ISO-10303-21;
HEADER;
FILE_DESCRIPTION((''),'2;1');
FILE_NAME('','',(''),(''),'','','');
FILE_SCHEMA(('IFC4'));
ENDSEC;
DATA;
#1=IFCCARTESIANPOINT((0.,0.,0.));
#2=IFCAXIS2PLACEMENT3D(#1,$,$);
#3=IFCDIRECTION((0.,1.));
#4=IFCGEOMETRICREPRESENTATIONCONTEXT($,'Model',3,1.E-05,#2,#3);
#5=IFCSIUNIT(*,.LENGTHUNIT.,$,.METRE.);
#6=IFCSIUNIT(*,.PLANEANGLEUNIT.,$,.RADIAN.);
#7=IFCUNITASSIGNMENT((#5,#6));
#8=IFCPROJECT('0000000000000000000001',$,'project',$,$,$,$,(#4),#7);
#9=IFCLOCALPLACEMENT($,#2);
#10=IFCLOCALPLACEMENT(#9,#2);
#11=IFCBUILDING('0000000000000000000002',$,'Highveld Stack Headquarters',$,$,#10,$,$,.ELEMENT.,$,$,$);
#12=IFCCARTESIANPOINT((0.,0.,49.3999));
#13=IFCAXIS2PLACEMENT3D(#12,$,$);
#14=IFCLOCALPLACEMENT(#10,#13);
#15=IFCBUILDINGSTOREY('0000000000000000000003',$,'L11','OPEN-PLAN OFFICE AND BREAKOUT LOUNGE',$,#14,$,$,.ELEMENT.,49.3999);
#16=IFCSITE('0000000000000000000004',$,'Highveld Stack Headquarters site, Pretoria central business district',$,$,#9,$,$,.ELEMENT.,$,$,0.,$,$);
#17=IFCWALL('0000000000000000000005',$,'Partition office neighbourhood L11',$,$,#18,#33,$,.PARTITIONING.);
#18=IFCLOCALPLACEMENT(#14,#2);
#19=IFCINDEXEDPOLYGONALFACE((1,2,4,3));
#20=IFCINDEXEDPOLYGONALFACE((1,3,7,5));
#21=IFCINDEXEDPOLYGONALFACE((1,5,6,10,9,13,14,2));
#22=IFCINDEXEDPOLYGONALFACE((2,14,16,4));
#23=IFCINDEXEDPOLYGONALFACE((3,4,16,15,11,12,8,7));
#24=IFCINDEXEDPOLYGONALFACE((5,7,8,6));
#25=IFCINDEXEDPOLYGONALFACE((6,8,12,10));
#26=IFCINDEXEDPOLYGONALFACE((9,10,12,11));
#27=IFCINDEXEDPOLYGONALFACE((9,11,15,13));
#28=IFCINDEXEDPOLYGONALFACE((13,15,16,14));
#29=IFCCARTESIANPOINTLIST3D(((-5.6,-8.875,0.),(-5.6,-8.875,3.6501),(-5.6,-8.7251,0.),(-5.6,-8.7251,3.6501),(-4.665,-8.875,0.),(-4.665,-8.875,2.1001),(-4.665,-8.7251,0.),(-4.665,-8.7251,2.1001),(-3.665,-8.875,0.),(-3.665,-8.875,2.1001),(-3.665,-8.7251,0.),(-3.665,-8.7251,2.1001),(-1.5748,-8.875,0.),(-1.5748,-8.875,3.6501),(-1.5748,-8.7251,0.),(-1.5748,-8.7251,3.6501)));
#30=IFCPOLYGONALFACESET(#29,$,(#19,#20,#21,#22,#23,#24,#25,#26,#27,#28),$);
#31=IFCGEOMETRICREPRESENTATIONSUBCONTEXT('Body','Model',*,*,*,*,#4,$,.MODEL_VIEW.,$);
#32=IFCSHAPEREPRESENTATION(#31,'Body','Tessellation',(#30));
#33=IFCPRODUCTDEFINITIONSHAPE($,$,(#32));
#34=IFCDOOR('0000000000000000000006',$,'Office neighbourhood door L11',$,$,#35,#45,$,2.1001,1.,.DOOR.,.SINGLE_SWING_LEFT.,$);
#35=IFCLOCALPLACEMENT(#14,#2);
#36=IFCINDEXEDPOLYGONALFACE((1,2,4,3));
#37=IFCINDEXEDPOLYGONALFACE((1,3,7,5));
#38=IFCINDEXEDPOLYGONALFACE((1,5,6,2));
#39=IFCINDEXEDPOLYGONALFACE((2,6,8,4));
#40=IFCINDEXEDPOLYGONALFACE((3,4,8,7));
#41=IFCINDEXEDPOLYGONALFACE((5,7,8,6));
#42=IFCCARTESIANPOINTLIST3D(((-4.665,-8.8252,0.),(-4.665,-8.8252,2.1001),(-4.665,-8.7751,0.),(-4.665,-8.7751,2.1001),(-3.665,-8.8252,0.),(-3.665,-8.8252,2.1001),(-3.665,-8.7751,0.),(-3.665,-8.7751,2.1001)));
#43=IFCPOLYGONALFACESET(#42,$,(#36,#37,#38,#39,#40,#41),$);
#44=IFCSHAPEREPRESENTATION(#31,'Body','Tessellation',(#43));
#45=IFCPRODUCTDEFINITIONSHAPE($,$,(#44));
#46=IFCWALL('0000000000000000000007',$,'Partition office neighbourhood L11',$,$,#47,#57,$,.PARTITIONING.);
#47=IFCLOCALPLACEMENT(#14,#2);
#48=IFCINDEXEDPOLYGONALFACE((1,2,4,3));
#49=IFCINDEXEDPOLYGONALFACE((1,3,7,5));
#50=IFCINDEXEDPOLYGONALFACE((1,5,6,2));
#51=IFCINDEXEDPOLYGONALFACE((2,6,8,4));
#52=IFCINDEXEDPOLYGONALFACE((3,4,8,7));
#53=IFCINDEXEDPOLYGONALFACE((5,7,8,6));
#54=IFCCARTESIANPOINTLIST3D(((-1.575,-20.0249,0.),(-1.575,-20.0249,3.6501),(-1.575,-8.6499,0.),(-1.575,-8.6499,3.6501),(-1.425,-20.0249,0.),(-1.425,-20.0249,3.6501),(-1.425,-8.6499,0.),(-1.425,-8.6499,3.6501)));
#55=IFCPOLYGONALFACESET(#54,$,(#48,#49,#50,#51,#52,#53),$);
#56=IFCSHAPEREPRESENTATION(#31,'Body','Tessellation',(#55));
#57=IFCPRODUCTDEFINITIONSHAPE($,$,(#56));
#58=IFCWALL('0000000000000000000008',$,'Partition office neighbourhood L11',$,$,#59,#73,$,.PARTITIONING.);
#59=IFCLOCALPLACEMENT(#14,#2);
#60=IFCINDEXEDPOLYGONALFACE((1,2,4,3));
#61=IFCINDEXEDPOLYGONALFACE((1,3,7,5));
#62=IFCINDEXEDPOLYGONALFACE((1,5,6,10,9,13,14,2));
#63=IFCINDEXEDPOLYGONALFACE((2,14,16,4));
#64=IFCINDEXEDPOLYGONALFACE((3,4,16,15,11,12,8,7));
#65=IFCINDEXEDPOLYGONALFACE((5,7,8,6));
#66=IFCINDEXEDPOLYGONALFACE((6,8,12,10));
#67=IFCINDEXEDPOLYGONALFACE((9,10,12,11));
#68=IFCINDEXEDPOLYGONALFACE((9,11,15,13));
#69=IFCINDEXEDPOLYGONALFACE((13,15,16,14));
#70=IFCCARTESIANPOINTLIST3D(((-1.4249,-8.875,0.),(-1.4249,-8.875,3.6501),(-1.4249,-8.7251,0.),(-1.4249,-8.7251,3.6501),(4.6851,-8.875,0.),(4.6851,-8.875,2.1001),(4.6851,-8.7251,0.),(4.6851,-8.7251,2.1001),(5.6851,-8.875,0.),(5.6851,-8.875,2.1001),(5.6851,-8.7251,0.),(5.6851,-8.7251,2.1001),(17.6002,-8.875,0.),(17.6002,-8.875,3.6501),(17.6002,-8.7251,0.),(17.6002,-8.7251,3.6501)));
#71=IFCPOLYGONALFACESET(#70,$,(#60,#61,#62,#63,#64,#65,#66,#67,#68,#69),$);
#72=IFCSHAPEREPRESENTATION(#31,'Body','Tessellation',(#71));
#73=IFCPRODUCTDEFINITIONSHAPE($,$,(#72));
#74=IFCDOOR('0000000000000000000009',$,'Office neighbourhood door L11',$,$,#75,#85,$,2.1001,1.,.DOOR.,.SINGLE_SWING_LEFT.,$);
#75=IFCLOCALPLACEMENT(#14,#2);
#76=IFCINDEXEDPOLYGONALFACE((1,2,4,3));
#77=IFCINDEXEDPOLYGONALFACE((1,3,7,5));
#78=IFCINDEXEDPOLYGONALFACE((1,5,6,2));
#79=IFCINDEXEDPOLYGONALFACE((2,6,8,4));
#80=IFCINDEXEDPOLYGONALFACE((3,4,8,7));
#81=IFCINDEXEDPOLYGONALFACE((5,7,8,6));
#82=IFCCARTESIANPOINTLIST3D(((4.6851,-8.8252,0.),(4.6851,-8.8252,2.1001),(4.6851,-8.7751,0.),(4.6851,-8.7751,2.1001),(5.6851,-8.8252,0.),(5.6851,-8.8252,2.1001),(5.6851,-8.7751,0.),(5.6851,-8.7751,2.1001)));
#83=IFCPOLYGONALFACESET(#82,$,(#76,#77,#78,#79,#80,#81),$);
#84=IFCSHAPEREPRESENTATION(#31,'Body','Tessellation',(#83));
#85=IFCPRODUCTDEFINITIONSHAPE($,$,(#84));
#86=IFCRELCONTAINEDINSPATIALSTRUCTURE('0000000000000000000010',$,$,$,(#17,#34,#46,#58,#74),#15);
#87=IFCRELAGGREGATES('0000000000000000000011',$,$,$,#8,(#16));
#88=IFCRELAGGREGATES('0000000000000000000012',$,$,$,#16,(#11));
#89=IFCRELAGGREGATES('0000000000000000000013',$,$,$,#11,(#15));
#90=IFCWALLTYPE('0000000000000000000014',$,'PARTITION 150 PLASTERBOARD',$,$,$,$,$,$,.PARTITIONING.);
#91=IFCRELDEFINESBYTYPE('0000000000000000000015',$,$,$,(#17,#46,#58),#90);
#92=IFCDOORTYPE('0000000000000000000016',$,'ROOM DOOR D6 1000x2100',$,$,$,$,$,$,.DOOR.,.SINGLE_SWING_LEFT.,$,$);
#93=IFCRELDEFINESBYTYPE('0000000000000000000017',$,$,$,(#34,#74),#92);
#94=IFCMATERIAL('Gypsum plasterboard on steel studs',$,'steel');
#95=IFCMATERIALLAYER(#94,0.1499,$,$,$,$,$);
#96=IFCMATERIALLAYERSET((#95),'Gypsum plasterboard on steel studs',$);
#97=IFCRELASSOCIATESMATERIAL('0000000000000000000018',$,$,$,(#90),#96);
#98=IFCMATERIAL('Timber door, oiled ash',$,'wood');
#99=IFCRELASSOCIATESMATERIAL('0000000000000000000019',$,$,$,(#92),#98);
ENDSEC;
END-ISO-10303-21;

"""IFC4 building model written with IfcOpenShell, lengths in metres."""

from ifc_helpers import new_model, si_unit, direction, frame, frame_2d, origin, place, context, subcontext, project, spatial, rectangle, extrude, material, layer, layer_set, type_object, element, fill, save


model = new_model("IFC4")

# Units and contexts
model_context = context("Model", 3, precision=1e-05, world=origin(), true_north=direction((0.0, 1.0)))
body_context = subcontext(model_context, "Body", "Model", "MODEL_VIEW")
ifc_project = project(units=[si_unit("LENGTHUNIT", "METRE"), si_unit("PLANEANGLEUNIT", "RADIAN")], contexts=[model_context])

# Site, building, storey
site_placement = place(None, origin())
site = spatial("IfcSite", under=ifc_project, at=site_placement, Name="Highveld Stack Headquarters site, Pretoria central business district", CompositionType="ELEMENT", RefElevation=0.0)
building_placement = place(site_placement, origin())
building = spatial("IfcBuilding", under=site, at=building_placement, Name="Highveld Stack Headquarters", CompositionType="ELEMENT")
storey_placement = place(building_placement, frame((0.0, 0.0, 49.3999)))
storey = spatial("IfcBuildingStorey", under=building, at=storey_placement, Name="L11", Description="OPEN-PLAN OFFICE AND BREAKOUT LOUNGE", CompositionType="ELEMENT", Elevation=49.3999)

# Shared definitions
ifc_material_1 = material(Name="Gypsum plasterboard on steel studs", Category="steel")
ifc_layer_1 = layer(ifc_material_1, 0.1499)
ifc_layer_set_1 = layer_set([ifc_layer_1], Name="Gypsum plasterboard on steel studs")
wall_type_1 = type_object("IfcWallType", Name="PARTITION 150 PLASTERBOARD", PredefinedType="PARTITIONING", material=ifc_layer_set_1)
ifc_material_2 = material(Name="Timber door, oiled ash", Category="wood")
door_type_1 = type_object("IfcDoorType", Name="ROOM DOOR D6 1000x2100", OperationType="SINGLE_SWING_LEFT", PredefinedType="DOOR", material=ifc_material_2)

# Wall, opening, door
wall_1_placement = place(storey_placement, frame((-5.6001, -8.8, 0.0), z_axis=(0.0, 0.0, 1.0), x_axis=(1.0, 0.0, 0.0)))
wall_1 = element("IfcWall", 1, at=wall_1_placement, inside=storey, type_object=wall_type_1, Name="Partition office neighbourhood L11", PredefinedType="PARTITIONING", context=body_context, shape_type="SweptSolid", body=[
    extrude(rectangle(XDim=4.0251, YDim=0.1499, at=frame_2d((2.0127, 0.0))), origin(), (0.0, 0.0, 1.0), 3.6501),
])
opening_1_placement = place(wall_1_placement, frame((0.9351, 0.0, 0.0)))
opening_1 = element("IfcOpeningElement", 2, at=opening_1_placement, cuts=wall_1, PredefinedType="OPENING", context=body_context, shape_type="SweptSolid", body=[
    extrude(rectangle(XDim=1.0, YDim=2.1001, at=frame_2d((0.5, 1.05))), frame((0.0, 0.085, 0.0), z_axis=(0.0, -1.0, 0.0), x_axis=(1.0, 0.0, 0.0)), (0.0, 0.0, 1.0), 0.1699),
])
door_1_placement = place(opening_1_placement, origin())
door_1 = element("IfcDoor", 3, at=door_1_placement, inside=storey, type_object=door_type_1, Name="Office neighbourhood door L11", OperationType="SINGLE_SWING_LEFT", OverallHeight=2.1001, OverallWidth=1.0, PredefinedType="DOOR", context=body_context, shape_type="SweptSolid", body=[
    extrude(rectangle(XDim=1.0, YDim=2.1001, at=frame_2d((0.5, 1.05))), frame((0.0, 0.0249, 0.0), z_axis=(0.0, -1.0, 0.0), x_axis=(1.0, 0.0, 0.0)), (0.0, 0.0, 1.0), 0.05),
])
fill(opening_1, door_1)

# Wall
wall_2_placement = place(storey_placement, frame((-1.5, -20.0249, 0.0), z_axis=(0.0, 0.0, 1.0), x_axis=(0.0, 1.0, 0.0)))
element("IfcWall", 4, at=wall_2_placement, inside=storey, type_object=wall_type_1, Name="Partition office neighbourhood L11", PredefinedType="PARTITIONING", context=body_context, shape_type="SweptSolid", body=[
    extrude(rectangle(XDim=11.375, YDim=0.1499, at=frame_2d((5.6875, 0.0))), origin(), (0.0, 0.0, 1.0), 3.6501),
])

# Wall, opening, door
wall_3_placement = place(storey_placement, frame((-1.425, -8.8, 0.0), z_axis=(0.0, 0.0, 1.0), x_axis=(1.0, 0.0, 0.0)))
wall_3 = element("IfcWall", 5, at=wall_3_placement, inside=storey, type_object=wall_type_1, Name="Partition office neighbourhood L11", PredefinedType="PARTITIONING", context=body_context, shape_type="SweptSolid", body=[
    extrude(rectangle(XDim=19.0251, YDim=0.1499, at=frame_2d((9.5127, 0.0))), origin(), (0.0, 0.0, 1.0), 3.6501),
])
opening_2_placement = place(wall_3_placement, frame((6.1101, 0.0, 0.0)))
opening_2 = element("IfcOpeningElement", 6, at=opening_2_placement, cuts=wall_3, PredefinedType="OPENING", context=body_context, shape_type="SweptSolid", body=[
    extrude(rectangle(XDim=1.0, YDim=2.1001, at=frame_2d((0.5, 1.05))), frame((0.0, 0.085, 0.0), z_axis=(0.0, -1.0, 0.0), x_axis=(1.0, 0.0, 0.0)), (0.0, 0.0, 1.0), 0.1699),
])
door_2_placement = place(opening_2_placement, origin())
door_2 = element("IfcDoor", 7, at=door_2_placement, inside=storey, type_object=door_type_1, Name="Office neighbourhood door L11", OperationType="SINGLE_SWING_LEFT", OverallHeight=2.1001, OverallWidth=1.0, PredefinedType="DOOR", context=body_context, shape_type="SweptSolid", body=[
    extrude(rectangle(XDim=1.0, YDim=2.1001, at=frame_2d((0.5, 1.05))), frame((0.0, 0.0249, 0.0), z_axis=(0.0, -1.0, 0.0), x_axis=(1.0, 0.0, 0.0)), (0.0, 0.0, 1.0), 0.05),
])
fill(opening_2, door_2)

save(model, "model.ifc")
